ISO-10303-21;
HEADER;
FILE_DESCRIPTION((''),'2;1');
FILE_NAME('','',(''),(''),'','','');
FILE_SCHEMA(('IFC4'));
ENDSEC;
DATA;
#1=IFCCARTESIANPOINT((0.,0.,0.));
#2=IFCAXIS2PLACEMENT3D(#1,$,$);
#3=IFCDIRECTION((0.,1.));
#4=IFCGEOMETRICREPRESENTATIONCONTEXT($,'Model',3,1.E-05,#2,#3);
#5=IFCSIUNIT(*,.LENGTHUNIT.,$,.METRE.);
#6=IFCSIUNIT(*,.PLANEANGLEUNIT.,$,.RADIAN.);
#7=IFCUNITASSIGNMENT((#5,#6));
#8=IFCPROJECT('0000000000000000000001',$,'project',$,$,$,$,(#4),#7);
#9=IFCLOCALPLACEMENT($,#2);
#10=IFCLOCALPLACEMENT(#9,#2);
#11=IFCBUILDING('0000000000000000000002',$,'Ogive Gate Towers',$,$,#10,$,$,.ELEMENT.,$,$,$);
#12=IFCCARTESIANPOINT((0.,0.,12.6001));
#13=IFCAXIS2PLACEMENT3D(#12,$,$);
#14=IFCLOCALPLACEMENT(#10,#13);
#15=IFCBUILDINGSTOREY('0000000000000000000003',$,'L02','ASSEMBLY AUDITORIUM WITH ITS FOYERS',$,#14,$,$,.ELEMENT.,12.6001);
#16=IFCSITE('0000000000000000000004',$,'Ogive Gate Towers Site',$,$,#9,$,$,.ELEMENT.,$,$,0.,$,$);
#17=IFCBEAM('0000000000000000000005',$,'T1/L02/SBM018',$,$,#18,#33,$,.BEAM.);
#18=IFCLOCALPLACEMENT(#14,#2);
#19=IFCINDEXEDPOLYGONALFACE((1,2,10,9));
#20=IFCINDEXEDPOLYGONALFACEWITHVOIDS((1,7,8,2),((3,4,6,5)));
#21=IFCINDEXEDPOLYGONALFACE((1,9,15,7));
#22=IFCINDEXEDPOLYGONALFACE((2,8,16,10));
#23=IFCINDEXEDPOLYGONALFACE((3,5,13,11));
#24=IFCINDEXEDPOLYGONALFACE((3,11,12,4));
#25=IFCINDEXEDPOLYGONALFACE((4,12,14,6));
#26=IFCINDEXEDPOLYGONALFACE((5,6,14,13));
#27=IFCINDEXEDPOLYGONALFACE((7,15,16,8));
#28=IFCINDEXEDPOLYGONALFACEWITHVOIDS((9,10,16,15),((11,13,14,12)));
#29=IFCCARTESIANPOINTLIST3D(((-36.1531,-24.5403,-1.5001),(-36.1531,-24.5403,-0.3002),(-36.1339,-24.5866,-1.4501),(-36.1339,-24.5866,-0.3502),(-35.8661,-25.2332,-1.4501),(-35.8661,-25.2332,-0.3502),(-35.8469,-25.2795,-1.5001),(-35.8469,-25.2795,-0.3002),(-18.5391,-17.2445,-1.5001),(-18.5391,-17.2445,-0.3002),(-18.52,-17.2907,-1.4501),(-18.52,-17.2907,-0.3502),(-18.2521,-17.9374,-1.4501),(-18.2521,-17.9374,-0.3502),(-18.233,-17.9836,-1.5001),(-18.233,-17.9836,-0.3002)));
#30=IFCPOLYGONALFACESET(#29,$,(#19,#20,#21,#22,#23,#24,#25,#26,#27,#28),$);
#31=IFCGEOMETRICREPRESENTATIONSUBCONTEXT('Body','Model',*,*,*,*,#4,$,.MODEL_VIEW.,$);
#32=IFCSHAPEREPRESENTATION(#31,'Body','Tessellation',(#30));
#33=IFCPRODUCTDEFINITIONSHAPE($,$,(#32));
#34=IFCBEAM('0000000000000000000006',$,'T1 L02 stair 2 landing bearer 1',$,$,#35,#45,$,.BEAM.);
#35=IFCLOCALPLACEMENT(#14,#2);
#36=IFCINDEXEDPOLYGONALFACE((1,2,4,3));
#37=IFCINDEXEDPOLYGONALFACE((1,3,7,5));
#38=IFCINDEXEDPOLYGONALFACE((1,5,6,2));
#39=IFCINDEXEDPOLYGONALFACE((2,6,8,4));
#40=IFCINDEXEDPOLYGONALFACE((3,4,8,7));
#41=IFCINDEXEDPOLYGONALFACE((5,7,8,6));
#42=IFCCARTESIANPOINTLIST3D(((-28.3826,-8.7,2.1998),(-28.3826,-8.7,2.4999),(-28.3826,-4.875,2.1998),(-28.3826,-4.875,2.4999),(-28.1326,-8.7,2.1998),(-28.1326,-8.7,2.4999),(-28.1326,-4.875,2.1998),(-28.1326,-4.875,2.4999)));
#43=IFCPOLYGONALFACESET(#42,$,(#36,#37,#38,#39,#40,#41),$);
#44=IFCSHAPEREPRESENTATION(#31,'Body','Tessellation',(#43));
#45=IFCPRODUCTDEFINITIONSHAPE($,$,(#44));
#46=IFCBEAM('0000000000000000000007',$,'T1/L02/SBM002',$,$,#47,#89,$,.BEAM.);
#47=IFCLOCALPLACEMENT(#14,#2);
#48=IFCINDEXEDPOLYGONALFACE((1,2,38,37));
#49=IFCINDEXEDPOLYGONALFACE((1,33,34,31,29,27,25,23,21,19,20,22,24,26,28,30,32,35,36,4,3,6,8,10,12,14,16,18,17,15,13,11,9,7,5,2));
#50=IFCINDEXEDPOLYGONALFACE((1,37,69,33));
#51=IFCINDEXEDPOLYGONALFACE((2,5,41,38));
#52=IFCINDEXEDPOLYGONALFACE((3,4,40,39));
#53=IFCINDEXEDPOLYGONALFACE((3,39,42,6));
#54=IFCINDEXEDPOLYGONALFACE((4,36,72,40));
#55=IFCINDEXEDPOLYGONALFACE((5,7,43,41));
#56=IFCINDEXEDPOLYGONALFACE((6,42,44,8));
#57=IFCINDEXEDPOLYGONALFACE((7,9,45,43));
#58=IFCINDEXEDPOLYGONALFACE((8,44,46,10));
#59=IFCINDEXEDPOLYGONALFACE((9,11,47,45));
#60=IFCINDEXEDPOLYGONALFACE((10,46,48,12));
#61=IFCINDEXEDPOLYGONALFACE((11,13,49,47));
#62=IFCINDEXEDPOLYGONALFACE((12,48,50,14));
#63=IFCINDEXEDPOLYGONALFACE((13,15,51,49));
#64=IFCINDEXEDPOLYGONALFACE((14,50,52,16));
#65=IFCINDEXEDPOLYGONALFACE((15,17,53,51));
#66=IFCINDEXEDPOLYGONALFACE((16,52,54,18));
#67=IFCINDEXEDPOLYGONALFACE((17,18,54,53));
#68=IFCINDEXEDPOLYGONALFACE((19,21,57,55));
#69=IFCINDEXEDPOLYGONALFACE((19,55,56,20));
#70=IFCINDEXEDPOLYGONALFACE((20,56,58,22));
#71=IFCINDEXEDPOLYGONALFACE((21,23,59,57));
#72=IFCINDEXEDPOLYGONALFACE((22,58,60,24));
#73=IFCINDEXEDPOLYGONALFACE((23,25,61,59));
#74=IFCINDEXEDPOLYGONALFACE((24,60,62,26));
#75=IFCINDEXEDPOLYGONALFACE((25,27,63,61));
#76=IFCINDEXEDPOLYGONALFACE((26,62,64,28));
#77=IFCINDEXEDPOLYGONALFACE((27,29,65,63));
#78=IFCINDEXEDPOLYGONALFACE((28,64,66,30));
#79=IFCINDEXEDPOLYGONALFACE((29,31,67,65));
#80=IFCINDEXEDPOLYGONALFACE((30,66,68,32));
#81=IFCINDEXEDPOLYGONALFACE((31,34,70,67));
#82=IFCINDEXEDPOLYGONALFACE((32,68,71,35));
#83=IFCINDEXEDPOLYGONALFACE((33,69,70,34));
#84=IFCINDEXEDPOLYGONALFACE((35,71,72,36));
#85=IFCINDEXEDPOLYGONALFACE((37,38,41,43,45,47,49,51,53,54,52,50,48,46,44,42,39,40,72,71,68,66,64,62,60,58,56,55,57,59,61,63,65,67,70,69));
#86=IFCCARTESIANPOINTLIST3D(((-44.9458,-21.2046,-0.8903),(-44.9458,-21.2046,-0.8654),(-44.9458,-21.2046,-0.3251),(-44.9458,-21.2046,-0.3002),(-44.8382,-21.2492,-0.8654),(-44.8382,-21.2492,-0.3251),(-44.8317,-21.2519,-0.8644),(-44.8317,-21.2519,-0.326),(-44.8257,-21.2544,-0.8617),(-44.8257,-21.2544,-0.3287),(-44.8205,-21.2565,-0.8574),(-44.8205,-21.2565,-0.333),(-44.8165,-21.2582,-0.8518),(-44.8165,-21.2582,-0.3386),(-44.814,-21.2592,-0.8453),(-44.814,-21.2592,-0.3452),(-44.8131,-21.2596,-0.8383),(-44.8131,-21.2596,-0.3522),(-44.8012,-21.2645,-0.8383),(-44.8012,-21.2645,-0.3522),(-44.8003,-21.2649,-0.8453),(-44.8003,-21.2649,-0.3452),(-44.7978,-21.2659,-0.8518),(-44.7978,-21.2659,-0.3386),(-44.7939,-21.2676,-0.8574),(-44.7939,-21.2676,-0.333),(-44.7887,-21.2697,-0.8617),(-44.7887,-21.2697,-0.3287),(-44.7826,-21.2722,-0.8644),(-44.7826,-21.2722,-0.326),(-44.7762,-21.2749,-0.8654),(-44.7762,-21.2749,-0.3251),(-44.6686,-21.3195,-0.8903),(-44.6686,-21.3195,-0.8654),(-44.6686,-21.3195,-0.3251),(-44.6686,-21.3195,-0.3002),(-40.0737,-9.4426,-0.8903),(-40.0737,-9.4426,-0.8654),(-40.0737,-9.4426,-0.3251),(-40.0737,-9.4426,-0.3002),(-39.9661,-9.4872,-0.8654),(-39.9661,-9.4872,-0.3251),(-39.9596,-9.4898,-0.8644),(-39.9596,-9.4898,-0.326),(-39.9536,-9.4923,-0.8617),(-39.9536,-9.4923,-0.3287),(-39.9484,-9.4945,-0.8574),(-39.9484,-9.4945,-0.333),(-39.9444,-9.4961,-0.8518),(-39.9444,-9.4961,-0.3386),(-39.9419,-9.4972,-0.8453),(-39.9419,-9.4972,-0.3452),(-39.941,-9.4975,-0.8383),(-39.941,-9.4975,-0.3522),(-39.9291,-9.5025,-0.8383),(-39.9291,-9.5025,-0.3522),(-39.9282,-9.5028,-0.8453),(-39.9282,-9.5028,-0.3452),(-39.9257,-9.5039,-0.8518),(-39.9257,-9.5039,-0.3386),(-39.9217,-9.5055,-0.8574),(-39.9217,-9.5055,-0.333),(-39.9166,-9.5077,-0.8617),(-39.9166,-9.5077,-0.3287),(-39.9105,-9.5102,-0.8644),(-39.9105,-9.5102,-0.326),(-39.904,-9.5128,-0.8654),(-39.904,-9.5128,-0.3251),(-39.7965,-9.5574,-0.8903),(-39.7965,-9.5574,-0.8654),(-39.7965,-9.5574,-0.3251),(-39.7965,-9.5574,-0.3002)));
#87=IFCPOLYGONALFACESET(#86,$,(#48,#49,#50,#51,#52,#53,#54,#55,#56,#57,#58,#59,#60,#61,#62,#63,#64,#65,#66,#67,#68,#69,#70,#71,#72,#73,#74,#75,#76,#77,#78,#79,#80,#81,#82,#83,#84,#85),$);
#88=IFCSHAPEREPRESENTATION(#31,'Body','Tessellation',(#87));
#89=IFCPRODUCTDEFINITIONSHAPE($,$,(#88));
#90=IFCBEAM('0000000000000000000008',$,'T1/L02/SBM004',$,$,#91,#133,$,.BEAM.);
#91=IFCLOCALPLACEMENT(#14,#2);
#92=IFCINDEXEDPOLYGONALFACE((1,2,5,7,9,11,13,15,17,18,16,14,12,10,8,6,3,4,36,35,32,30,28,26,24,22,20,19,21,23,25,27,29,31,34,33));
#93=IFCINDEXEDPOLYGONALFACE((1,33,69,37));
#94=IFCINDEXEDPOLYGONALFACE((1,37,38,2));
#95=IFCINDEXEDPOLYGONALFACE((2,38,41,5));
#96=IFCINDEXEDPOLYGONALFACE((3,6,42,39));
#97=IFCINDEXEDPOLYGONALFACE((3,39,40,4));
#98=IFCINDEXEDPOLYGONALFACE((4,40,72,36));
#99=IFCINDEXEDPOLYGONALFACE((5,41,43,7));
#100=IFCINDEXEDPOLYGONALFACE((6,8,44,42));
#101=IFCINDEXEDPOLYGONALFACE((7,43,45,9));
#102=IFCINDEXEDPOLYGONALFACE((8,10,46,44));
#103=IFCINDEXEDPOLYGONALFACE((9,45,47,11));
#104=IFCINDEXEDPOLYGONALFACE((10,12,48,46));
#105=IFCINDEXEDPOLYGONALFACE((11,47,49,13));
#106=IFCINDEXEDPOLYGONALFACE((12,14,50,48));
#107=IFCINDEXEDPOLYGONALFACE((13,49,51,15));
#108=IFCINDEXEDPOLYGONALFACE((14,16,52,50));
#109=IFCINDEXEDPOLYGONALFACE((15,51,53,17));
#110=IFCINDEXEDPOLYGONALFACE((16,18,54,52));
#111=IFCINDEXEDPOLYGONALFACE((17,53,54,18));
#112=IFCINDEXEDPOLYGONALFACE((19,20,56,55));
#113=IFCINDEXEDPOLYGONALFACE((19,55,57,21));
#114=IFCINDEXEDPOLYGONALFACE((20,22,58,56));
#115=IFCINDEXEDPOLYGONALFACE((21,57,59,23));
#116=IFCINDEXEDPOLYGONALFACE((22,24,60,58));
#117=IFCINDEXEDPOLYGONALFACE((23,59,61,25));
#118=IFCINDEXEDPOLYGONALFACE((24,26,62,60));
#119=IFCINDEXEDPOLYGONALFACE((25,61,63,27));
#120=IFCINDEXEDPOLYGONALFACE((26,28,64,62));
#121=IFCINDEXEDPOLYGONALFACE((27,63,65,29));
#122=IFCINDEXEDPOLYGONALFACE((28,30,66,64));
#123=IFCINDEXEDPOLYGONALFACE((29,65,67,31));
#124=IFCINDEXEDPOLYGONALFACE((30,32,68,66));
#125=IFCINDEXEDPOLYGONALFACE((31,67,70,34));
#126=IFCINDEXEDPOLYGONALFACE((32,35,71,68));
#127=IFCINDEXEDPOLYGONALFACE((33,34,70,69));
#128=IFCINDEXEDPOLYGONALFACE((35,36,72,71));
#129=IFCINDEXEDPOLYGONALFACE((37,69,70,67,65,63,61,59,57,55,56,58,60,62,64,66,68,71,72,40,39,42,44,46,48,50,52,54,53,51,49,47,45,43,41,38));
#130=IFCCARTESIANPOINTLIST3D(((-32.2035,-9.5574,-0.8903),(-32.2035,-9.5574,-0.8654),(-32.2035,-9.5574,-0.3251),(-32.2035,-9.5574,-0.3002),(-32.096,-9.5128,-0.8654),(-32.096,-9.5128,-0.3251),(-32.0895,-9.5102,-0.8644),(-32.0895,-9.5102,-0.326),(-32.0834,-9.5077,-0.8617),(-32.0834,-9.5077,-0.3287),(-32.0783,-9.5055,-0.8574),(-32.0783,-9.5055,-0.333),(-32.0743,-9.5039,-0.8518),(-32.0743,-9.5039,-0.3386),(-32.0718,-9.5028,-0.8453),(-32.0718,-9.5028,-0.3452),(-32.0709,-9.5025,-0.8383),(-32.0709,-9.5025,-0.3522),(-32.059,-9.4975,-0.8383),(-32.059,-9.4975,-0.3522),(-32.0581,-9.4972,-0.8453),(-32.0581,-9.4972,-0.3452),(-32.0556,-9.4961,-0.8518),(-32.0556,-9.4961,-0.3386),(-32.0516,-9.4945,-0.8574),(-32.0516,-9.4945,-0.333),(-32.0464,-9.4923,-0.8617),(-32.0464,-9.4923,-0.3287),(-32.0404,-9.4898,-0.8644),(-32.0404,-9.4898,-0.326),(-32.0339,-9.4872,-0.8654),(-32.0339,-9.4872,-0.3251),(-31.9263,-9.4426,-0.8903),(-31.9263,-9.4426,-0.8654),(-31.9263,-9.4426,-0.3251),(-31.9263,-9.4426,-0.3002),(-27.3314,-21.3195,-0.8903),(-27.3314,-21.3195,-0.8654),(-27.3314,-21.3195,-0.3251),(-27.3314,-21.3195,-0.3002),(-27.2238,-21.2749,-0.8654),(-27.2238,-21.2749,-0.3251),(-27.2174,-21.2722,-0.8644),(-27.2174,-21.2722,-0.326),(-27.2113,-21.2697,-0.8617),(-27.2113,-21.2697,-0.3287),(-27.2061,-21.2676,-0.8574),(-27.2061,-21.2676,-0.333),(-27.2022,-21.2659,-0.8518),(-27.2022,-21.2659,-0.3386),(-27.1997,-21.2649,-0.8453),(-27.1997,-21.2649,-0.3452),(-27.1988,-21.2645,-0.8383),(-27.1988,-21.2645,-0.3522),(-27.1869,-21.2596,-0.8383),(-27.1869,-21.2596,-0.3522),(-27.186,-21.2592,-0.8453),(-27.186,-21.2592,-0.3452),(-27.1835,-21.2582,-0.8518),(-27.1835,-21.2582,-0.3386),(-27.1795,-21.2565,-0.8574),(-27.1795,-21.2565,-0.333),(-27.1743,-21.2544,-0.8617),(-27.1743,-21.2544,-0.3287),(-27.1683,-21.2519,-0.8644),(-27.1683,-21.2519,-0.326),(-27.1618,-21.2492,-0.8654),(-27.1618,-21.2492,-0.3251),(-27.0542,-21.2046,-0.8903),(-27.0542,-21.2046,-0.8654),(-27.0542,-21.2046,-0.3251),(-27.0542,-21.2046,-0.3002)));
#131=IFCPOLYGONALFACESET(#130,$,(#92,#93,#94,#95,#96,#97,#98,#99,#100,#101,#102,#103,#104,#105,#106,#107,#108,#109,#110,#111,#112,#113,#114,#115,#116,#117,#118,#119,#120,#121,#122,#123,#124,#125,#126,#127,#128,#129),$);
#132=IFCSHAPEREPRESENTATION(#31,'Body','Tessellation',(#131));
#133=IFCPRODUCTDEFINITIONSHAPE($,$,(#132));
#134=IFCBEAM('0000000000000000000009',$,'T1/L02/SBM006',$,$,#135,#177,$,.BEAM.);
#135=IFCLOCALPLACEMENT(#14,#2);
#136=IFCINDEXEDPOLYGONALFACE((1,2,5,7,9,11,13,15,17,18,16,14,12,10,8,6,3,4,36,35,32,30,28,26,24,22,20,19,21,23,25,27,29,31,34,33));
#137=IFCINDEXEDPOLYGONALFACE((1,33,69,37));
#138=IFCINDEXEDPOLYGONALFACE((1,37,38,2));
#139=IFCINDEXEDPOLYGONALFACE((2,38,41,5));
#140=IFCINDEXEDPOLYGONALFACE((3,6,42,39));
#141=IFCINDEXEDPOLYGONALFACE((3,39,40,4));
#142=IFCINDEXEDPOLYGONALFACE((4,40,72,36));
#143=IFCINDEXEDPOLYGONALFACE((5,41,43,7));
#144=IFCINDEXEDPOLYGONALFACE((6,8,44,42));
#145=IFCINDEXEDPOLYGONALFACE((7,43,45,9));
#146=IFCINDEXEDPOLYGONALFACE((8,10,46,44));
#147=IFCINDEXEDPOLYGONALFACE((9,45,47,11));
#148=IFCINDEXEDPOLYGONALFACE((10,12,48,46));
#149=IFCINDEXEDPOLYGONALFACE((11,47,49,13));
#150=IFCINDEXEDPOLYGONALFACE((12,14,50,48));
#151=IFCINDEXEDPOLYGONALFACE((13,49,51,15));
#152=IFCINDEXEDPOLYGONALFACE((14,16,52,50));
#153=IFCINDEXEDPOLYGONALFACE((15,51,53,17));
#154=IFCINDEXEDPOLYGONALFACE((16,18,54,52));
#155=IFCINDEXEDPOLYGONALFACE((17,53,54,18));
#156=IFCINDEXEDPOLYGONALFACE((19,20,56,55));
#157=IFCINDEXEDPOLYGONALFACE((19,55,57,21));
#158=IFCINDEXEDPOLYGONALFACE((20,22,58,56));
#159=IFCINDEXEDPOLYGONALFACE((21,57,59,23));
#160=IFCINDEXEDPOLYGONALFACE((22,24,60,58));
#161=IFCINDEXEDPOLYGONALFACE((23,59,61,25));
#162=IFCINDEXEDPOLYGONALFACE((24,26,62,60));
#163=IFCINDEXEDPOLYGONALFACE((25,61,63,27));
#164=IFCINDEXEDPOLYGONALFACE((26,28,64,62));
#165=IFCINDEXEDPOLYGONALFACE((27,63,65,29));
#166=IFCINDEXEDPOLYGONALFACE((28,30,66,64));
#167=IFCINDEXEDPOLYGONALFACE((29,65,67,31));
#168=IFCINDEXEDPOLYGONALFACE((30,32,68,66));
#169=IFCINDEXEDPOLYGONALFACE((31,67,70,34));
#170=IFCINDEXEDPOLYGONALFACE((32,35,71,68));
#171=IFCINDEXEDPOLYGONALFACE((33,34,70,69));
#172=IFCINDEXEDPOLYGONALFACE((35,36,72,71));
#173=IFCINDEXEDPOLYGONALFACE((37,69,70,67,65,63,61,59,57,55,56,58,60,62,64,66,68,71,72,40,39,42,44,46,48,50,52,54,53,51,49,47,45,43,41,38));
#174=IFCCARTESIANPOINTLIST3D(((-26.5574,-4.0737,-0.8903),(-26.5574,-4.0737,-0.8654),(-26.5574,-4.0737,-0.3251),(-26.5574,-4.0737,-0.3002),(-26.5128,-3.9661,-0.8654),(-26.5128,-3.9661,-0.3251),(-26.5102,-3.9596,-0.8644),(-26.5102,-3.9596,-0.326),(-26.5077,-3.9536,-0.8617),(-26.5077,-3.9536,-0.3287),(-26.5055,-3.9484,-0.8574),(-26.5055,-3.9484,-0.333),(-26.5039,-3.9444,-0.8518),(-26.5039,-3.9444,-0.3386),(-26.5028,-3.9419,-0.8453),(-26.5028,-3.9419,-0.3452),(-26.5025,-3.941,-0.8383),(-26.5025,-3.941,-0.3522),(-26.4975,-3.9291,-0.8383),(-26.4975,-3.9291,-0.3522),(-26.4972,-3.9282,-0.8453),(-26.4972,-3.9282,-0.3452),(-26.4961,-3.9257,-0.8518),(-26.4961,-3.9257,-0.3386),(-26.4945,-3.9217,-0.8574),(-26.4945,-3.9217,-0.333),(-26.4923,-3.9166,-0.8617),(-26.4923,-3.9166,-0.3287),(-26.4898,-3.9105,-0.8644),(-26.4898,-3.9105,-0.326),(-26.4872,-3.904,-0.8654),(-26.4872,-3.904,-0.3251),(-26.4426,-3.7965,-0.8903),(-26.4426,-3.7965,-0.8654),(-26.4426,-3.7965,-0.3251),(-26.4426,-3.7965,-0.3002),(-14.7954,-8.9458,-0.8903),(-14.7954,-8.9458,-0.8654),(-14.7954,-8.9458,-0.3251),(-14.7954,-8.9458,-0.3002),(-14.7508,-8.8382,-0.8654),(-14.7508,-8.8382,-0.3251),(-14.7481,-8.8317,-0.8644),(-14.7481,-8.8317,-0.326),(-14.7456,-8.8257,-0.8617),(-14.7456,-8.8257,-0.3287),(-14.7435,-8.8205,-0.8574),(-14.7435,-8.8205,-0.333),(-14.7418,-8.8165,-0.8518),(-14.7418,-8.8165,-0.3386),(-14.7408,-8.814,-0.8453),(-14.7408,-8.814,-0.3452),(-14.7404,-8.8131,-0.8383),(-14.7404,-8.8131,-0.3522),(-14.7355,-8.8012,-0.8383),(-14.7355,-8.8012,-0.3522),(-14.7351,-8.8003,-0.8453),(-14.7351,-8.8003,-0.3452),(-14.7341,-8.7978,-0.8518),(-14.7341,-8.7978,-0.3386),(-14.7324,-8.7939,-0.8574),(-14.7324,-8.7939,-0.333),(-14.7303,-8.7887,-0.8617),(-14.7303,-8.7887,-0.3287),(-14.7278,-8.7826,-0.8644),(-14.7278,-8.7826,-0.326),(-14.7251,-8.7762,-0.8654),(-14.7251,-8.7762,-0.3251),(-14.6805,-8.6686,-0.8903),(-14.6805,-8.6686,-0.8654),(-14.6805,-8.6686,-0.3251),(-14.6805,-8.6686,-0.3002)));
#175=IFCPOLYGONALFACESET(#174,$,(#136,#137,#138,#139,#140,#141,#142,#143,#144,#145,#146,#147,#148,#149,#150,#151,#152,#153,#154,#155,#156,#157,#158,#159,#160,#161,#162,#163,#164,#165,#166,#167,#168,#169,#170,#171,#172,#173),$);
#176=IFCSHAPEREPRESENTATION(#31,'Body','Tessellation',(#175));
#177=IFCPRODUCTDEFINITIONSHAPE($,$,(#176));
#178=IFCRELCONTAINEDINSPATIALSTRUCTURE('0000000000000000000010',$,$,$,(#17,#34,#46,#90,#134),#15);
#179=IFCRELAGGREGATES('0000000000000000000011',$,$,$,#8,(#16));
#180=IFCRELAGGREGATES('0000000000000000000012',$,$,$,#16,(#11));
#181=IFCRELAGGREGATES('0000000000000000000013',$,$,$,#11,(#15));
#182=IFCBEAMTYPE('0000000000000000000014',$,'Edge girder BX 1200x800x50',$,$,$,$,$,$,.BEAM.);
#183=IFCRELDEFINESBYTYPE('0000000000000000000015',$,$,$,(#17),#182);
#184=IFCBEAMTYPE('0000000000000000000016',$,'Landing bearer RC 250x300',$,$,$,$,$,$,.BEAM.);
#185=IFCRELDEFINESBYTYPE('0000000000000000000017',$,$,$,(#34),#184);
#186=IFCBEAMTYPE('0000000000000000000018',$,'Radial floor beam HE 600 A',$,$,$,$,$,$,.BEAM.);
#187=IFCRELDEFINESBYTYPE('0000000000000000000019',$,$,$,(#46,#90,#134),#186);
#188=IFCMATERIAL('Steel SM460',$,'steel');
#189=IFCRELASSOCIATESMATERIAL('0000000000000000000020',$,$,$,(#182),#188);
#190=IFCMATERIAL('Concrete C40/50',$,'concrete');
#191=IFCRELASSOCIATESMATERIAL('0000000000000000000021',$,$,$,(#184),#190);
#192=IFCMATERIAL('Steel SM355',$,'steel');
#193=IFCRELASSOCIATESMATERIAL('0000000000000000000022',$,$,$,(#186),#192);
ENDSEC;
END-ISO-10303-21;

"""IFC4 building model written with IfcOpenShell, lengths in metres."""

from ifc_helpers import new_model, si_unit, direction, frame, origin, origin_2d, place, context, subcontext, project, spatial, rectangle, hollow_rectangle, i_section, extrude, material, material_profile, profile_set, type_object, element, save


model = new_model("IFC4")

# Units and contexts
model_context = context("Model", 3, precision=1e-05, world=origin(), true_north=direction((0.0, 1.0)))
body_context = subcontext(model_context, "Body", "Model", "MODEL_VIEW")
ifc_project = project(units=[si_unit("LENGTHUNIT", "METRE"), si_unit("PLANEANGLEUNIT", "RADIAN")], contexts=[model_context])

# Site, building, storey
site_placement = place(None, origin())
site = spatial("IfcSite", under=ifc_project, at=site_placement, Name="Ogive Gate Towers Site", CompositionType="ELEMENT", RefElevation=0.0)
building_placement = place(site_placement, origin())
building = spatial("IfcBuilding", under=site, at=building_placement, Name="Ogive Gate Towers", CompositionType="ELEMENT")
storey_placement = place(building_placement, frame((0.0, 0.0, 12.6001)))
storey = spatial("IfcBuildingStorey", under=building, at=storey_placement, Name="L02", Description="ASSEMBLY AUDITORIUM WITH ITS FOYERS", CompositionType="ELEMENT", Elevation=12.6001)

# Beams
ifc_material_1 = material(Name="Steel SM460", Category="steel")
ifc_material_profile_1 = material_profile(ifc_material_1, hollow_rectangle(XDim=0.8, YDim=1.2, WallThickness=0.05, at=origin_2d()), Name="BX 1200x800x50")
ifc_profile_set_1 = profile_set([ifc_material_profile_1], Name="Steel SM460")
beam_type_1 = type_object("IfcBeamType", Name="Edge girder BX 1200x800x50", PredefinedType="BEAM", material=ifc_profile_set_1)
beam_1_placement = place(storey_placement, frame((-36.0, -24.9099, -0.9001), z_axis=(0.923881, 0.382681, 0.0), x_axis=(-0.382681, 0.923881, 0.0)))
element("IfcBeam", 1, at=beam_1_placement, inside=storey, type_object=beam_type_1, Name="T1/L02/SBM018", PredefinedType="BEAM", context=body_context, shape_type="SweptSolid", body=[
    extrude(hollow_rectangle(XDim=0.8, YDim=1.2, WallThickness=0.05, at=origin_2d()), origin(), (0.0, 0.0, 1.0), 19.0652),
])
ifc_material_2 = material(Name="Concrete C40/50", Category="concrete")
ifc_material_profile_2 = material_profile(ifc_material_2, rectangle(XDim=0.25, YDim=0.3, at=origin_2d()), Name="RC 250x300")
ifc_profile_set_2 = profile_set([ifc_material_profile_2], Name="Concrete C40/50")
beam_type_2 = type_object("IfcBeamType", Name="Landing bearer RC 250x300", PredefinedType="BEAM", material=ifc_profile_set_2)
beam_2_placement = place(storey_placement, frame((-28.2576, -8.7, 2.3499), z_axis=(0.0, 1.0, 0.0), x_axis=(-1.0, 0.0, 0.0)))
element("IfcBeam", 2, at=beam_2_placement, inside=storey, type_object=beam_type_2, Name="T1 L02 stair 2 landing bearer 1", PredefinedType="BEAM", context=body_context, shape_type="SweptSolid", body=[
    extrude(rectangle(XDim=0.25, YDim=0.3, at=origin_2d()), origin(), (0.0, 0.0, 1.0), 3.825),
])
ifc_material_3 = material(Name="Steel SM355", Category="steel")
ifc_material_profile_3 = material_profile(ifc_material_3, i_section(OverallWidth=0.3, OverallDepth=0.5901, WebThickness=0.0129, FlangeThickness=0.0249, FilletRadius=0.0271, at=origin_2d()), Name="HE 600 A")
ifc_profile_set_3 = profile_set([ifc_material_profile_3], Name="Steel SM355")
beam_type_3 = type_object("IfcBeamType", Name="Radial floor beam HE 600 A", PredefinedType="BEAM", material=ifc_profile_set_3)
for number, where, z_axis, x_axis, name in (
    (3, (-39.9351, -9.5, -0.5952), (-0.382691, -0.923877, 0.0), (0.923877, -0.382691, 0.0), "T1/L02/SBM002"),
    (4, (-32.0649, -9.5, -0.5952), (0.382691, -0.923877, 0.0), (0.923877, 0.382691, 0.0), "T1/L02/SBM004"),
    (5, (-26.5, -3.9351, -0.5952), (0.923877, -0.382691, 0.0), (0.382691, 0.923877, 0.0), "T1/L02/SBM006"),
):
    element("IfcBeam", number, at=place(storey_placement, frame(where, z_axis=z_axis, x_axis=x_axis)), inside=storey, type_object=beam_type_3, Name=name, PredefinedType="BEAM", context=body_context, shape_type="SweptSolid", body=[
        extrude(i_section(OverallWidth=0.3, OverallDepth=0.5901, WebThickness=0.0129, FlangeThickness=0.0249, FilletRadius=0.0271, at=origin_2d()), origin(), (0.0, 0.0, 1.0), 12.7312),
    ])

save(model, "model.ifc")
